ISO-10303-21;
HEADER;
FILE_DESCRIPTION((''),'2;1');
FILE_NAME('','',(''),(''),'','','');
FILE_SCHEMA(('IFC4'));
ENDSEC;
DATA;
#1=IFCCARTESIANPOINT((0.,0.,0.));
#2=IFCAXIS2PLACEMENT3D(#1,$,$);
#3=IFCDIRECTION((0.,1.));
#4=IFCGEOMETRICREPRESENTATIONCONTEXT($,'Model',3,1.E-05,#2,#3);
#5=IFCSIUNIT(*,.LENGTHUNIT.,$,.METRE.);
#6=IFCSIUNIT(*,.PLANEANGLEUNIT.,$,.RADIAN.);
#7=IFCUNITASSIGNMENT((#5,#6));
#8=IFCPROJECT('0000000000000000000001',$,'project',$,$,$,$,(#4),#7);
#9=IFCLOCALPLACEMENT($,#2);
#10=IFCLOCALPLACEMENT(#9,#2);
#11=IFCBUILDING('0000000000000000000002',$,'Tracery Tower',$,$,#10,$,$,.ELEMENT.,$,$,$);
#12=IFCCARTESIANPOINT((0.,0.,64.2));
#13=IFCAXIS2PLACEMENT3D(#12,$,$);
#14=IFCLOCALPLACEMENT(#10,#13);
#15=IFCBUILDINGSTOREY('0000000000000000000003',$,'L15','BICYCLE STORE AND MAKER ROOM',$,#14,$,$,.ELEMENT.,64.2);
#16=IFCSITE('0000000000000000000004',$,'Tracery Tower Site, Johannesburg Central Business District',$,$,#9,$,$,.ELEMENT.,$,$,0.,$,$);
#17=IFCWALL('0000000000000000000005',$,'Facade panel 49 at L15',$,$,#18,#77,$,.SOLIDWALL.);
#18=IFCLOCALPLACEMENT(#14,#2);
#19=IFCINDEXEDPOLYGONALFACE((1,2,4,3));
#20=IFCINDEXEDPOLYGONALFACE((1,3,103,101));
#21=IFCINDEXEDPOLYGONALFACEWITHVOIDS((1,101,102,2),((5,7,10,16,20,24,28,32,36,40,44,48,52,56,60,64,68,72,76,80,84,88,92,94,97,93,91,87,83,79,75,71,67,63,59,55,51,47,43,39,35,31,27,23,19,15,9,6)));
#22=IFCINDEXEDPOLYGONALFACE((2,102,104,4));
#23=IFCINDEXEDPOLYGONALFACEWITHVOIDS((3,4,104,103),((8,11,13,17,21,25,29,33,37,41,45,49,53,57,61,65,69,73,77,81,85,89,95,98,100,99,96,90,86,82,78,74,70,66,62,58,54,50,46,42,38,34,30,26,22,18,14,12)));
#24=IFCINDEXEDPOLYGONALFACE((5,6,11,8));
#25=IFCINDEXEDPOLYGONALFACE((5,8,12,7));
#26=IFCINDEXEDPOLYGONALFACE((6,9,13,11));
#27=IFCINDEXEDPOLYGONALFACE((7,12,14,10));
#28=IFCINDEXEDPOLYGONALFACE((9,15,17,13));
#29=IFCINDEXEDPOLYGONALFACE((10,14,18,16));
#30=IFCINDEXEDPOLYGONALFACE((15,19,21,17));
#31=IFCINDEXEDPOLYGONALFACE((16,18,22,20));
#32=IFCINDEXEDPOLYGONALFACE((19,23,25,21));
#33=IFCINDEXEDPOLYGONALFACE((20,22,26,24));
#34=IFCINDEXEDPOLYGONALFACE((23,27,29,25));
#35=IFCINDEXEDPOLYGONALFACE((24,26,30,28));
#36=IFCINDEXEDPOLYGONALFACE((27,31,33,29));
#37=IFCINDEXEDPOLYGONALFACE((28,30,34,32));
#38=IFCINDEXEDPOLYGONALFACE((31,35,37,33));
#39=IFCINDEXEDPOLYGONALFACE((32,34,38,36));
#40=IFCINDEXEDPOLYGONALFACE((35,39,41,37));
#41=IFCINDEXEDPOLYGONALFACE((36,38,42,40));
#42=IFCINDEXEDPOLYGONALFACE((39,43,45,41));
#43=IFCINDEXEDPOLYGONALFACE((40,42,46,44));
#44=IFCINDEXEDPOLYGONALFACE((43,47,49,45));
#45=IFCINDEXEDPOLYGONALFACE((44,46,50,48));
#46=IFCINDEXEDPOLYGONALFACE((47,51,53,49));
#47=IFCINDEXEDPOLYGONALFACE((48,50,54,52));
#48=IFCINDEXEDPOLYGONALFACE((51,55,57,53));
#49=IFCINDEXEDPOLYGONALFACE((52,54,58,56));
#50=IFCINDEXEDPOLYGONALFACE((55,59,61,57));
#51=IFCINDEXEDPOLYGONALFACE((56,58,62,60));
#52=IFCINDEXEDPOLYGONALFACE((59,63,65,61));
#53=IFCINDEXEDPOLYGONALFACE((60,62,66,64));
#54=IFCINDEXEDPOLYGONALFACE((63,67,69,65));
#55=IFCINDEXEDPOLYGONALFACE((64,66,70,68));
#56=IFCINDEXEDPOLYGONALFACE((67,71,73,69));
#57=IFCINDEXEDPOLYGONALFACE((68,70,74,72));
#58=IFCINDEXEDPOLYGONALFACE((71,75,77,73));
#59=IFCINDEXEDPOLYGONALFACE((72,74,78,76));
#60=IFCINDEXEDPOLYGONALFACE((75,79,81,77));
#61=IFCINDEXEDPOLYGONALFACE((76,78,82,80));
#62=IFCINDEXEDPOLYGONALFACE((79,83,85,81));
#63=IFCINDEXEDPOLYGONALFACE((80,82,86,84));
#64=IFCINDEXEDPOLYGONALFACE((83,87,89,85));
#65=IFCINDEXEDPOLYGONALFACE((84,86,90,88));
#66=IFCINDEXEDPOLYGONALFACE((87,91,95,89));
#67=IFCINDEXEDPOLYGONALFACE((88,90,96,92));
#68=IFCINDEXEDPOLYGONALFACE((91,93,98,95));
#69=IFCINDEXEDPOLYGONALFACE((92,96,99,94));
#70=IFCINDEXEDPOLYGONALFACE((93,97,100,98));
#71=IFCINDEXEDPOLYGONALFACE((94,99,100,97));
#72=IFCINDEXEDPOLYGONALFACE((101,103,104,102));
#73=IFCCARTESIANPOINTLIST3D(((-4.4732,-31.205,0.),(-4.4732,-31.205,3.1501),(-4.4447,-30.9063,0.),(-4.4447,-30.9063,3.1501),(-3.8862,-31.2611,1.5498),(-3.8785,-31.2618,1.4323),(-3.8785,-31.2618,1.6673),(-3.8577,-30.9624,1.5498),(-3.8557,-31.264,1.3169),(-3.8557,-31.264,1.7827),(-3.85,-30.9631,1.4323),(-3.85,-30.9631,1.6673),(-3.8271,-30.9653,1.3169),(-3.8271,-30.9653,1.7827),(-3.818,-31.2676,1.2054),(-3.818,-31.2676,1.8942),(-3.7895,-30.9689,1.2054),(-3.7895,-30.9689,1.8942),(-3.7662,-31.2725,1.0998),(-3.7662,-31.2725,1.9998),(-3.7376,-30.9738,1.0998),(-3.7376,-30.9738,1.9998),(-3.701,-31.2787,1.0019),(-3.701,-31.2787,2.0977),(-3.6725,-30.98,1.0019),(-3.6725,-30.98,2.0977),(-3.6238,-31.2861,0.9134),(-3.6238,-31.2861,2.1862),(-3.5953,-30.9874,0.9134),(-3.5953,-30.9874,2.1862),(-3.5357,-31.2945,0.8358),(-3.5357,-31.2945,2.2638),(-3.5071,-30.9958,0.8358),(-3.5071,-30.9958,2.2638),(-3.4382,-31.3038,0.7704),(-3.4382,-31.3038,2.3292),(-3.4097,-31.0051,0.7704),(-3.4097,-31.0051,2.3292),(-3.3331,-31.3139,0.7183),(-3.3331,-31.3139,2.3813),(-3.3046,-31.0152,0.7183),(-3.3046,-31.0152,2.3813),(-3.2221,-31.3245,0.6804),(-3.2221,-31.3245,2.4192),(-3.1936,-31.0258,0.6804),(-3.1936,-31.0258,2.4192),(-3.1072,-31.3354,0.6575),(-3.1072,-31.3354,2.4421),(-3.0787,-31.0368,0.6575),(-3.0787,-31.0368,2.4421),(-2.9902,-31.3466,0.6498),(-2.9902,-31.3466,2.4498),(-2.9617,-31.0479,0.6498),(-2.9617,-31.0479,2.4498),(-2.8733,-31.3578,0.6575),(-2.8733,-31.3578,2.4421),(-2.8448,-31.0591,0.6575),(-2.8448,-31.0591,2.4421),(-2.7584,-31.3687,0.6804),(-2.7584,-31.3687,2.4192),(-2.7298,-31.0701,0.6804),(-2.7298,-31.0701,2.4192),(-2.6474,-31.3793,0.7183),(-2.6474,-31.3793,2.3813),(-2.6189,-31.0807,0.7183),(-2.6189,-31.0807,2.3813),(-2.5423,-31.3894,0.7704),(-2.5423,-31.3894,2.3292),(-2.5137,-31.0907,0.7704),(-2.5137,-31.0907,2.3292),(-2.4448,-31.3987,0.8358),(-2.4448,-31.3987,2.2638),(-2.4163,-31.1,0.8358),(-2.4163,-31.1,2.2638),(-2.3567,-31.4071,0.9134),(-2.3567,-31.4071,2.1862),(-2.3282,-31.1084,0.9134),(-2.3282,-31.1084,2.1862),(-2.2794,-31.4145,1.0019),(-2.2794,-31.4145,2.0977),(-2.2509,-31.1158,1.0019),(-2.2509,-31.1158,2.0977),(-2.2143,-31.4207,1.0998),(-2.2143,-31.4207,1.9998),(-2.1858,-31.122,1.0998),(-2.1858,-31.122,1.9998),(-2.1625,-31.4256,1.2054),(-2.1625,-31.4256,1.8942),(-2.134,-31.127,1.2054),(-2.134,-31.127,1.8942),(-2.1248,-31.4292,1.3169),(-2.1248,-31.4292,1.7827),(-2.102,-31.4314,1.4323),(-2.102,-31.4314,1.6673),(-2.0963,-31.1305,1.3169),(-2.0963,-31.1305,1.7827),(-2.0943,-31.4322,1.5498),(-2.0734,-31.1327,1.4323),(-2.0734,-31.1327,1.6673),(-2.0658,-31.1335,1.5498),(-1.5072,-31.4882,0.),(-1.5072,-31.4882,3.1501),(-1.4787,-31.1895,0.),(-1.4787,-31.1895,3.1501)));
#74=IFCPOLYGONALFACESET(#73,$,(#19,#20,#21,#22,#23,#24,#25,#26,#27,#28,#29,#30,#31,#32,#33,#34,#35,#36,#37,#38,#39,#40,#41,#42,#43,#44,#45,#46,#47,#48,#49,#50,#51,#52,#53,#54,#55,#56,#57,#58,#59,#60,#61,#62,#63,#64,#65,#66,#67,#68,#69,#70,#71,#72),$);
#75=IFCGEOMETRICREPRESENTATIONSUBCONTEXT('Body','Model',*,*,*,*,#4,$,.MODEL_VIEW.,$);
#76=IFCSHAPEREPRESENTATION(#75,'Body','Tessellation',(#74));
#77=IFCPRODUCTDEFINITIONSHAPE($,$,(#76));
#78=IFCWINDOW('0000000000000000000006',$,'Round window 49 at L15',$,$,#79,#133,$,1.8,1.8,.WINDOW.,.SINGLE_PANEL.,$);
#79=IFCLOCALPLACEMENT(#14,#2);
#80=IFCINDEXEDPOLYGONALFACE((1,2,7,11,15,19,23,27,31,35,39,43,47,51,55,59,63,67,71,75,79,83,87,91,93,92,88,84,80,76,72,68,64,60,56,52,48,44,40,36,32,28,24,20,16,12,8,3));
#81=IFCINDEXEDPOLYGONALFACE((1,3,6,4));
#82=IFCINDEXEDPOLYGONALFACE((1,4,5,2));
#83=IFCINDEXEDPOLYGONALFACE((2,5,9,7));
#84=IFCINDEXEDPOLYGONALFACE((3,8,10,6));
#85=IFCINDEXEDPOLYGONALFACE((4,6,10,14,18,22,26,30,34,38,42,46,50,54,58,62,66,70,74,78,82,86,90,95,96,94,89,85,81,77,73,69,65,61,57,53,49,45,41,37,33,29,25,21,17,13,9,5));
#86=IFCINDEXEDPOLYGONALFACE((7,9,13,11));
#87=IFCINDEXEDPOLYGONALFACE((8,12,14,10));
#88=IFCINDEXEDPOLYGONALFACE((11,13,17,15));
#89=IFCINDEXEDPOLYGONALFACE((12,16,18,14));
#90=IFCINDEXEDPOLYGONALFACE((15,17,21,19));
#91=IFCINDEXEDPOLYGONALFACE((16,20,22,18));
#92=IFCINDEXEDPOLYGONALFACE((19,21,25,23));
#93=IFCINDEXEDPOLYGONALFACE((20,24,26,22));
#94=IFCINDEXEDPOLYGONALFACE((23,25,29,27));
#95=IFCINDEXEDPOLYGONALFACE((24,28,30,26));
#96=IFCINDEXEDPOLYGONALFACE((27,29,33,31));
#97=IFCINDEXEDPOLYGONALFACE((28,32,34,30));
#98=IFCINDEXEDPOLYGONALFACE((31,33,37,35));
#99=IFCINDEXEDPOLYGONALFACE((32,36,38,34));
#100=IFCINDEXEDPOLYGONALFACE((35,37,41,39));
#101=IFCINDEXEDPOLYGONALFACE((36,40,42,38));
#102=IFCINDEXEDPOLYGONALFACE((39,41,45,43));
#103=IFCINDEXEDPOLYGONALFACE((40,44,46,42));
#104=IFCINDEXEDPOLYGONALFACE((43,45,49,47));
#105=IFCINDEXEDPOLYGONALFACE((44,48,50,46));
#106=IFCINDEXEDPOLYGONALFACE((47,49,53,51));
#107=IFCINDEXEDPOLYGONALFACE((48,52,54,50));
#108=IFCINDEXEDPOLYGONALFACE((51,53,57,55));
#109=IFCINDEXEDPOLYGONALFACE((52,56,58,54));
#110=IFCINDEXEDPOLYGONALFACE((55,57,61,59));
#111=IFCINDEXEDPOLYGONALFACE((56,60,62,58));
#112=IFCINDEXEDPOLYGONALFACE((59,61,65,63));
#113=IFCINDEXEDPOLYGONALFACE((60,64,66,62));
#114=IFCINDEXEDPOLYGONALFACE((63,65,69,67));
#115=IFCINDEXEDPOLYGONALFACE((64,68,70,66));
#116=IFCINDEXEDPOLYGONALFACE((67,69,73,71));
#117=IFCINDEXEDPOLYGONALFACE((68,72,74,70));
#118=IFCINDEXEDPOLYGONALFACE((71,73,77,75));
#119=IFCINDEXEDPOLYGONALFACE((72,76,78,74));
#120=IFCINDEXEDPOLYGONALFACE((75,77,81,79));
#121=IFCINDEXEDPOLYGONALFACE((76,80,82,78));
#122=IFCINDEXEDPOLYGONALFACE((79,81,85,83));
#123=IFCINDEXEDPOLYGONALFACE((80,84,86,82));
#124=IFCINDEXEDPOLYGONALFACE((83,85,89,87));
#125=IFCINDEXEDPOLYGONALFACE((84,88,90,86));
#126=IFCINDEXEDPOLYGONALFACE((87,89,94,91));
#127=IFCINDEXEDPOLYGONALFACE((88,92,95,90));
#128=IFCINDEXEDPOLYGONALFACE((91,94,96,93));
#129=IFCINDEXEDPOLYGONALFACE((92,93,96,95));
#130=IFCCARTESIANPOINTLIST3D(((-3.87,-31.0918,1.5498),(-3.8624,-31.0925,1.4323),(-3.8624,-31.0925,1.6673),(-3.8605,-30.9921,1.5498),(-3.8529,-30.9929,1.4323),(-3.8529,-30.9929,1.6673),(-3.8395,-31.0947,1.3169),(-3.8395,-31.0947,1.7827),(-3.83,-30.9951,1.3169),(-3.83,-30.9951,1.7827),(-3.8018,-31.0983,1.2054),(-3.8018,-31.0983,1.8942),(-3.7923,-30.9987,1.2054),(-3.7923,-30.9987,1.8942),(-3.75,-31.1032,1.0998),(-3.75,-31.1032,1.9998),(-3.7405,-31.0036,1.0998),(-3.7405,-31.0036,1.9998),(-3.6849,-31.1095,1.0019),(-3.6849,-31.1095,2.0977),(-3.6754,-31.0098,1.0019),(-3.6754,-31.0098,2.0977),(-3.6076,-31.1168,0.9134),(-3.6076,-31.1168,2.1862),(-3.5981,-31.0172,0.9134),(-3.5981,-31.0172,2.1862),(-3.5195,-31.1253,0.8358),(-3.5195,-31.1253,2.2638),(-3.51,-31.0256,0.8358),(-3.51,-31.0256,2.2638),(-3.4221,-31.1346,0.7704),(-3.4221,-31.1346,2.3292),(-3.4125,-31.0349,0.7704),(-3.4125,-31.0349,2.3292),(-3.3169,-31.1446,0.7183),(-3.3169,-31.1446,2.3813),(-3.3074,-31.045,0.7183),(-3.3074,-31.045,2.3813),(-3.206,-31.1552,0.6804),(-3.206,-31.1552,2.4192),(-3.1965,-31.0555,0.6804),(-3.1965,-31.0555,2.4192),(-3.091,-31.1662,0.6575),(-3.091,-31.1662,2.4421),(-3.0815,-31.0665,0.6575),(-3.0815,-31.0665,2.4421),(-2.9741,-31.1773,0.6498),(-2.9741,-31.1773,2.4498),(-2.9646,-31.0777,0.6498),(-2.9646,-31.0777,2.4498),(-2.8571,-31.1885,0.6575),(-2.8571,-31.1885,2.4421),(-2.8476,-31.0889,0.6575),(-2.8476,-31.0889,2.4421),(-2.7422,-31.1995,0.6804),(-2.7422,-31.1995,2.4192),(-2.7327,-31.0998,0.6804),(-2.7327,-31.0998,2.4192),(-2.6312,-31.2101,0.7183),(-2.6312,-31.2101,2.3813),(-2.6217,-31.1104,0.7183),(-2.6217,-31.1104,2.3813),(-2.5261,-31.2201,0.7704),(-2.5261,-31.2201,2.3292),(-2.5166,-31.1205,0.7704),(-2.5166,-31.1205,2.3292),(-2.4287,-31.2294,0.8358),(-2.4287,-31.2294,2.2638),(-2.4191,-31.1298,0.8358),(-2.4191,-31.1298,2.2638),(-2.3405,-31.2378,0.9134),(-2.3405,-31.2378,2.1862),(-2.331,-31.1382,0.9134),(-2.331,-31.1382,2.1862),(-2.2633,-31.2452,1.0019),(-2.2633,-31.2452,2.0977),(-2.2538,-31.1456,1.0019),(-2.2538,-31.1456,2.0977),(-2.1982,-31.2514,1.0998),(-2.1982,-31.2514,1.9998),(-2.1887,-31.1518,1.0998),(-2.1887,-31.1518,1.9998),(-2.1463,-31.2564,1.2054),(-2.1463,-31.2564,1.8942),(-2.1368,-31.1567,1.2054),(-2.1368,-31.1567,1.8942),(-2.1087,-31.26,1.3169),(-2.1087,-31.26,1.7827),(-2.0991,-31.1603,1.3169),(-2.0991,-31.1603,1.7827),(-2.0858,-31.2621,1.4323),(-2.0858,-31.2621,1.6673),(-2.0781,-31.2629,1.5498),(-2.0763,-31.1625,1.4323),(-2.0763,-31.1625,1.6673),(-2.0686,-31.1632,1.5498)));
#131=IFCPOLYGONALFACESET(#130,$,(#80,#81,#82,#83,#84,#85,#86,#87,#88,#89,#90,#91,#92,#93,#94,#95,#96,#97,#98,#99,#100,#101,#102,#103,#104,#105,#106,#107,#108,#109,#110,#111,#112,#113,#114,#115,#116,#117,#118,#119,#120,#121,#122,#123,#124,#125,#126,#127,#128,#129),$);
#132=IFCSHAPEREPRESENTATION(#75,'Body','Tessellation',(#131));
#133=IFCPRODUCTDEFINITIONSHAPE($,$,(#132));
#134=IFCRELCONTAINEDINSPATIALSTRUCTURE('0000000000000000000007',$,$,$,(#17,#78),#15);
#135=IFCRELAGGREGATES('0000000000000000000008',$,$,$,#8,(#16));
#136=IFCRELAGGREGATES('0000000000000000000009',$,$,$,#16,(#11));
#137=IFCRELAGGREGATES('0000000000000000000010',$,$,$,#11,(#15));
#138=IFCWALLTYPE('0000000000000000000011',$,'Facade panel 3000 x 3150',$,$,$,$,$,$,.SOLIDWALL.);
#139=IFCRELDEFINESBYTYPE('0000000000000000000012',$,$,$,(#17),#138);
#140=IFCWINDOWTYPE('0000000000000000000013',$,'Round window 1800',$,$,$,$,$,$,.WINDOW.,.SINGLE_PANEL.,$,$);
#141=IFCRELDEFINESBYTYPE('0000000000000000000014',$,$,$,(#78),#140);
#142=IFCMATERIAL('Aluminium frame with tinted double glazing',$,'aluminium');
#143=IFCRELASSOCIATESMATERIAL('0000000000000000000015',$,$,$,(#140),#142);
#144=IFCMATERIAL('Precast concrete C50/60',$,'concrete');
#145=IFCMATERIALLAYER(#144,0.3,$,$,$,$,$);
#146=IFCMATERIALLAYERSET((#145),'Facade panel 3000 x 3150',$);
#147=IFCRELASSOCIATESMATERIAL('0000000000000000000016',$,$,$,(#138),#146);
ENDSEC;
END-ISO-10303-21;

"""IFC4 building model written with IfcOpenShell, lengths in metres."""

from ifc_helpers import new_model, si_unit, direction, frame, frame_2d, origin, origin_2d, place, context, subcontext, project, spatial, rectangle, circle, extrude, material, layer, layer_set, type_object, element, fill, save


model = new_model("IFC4")

# Units and contexts
model_context = context("Model", 3, precision=1e-05, world=origin(), true_north=direction((0.0, 1.0)))
body_context = subcontext(model_context, "Body", "Model", "MODEL_VIEW")
ifc_project = project(units=[si_unit("LENGTHUNIT", "METRE"), si_unit("PLANEANGLEUNIT", "RADIAN")], contexts=[model_context])

# Site, building, storey
site_placement = place(None, origin())
site = spatial("IfcSite", under=ifc_project, at=site_placement, Name="Tracery Tower Site, Johannesburg Central Business District", CompositionType="ELEMENT", RefElevation=0.0)
building_placement = place(site_placement, origin())
building = spatial("IfcBuilding", under=site, at=building_placement, Name="Tracery Tower", CompositionType="ELEMENT")
storey_placement = place(building_placement, frame((0.0, 0.0, 64.2)))
storey = spatial("IfcBuildingStorey", under=building, at=storey_placement, Name="L15", Description="BICYCLE STORE AND MAKER ROOM", CompositionType="ELEMENT", Elevation=64.2)

# Wall, opening, window
ifc_material_1 = material(Name="Aluminium frame with tinted double glazing", Category="aluminium")
window_type = type_object("IfcWindowType", Name="Round window 1800", PartitioningType="SINGLE_PANEL", PredefinedType="WINDOW", material=ifc_material_1)
ifc_material_2 = material(Name="Precast concrete C50/60", Category="concrete")
ifc_layer_1 = layer(ifc_material_2, 0.3)
ifc_layer_set_1 = layer_set([ifc_layer_1], Name="Facade panel 3000 x 3150")
wall_type_1 = type_object("IfcWallType", Name="Facade panel 3000 x 3150", PredefinedType="SOLIDWALL", material=ifc_layer_set_1)
wall_1_placement = place(storey_placement, frame((-4.459, -31.0557, 0.0), z_axis=(0.0, 0.0, 1.0), x_axis=(0.995473, -0.095049, 0.0)))
wall_1 = element("IfcWall", 1, at=wall_1_placement, inside=storey, type_object=wall_type_1, Name="Facade panel 49 at L15", PredefinedType="SOLIDWALL", context=body_context, shape_type="SweptSolid", body=[
    extrude(rectangle(XDim=2.9795, YDim=0.3, at=frame_2d((1.4897, 0.0))), origin(), (0.0, 0.0, 1.0), 3.1501),
])
opening_1_placement = place(wall_1_placement, frame((1.4897, 0.0, 1.5498)))
opening_1 = element("IfcOpeningElement", 2, at=opening_1_placement, cuts=wall_1, PredefinedType="OPENING", context=body_context, shape_type="SweptSolid", body=[
    extrude(circle(Radius=0.9, at=origin_2d()), frame((0.0, 0.1599, 0.0), z_axis=(0.0, -1.0, 0.0), x_axis=(1.0, 0.0, 0.0)), (0.0, 0.0, 1.0), 0.3201),
])
window_1_placement = place(opening_1_placement, origin())
window_1 = element("IfcWindow", 3, at=window_1_placement, inside=storey, type_object=window_type, Name="Round window 49 at L15", OverallHeight=1.8, OverallWidth=1.8, PartitioningType="SINGLE_PANEL", PredefinedType="WINDOW", context=body_context, shape_type="SweptSolid", body=[
    extrude(circle(Radius=0.9, at=origin_2d()), frame((0.0, 0.1201, 0.0), z_axis=(0.0, -1.0, 0.0), x_axis=(1.0, 0.0, 0.0)), (0.0, 0.0, 1.0), 0.1001),
])
fill(opening_1, window_1)

save(model, "model.ifc")
